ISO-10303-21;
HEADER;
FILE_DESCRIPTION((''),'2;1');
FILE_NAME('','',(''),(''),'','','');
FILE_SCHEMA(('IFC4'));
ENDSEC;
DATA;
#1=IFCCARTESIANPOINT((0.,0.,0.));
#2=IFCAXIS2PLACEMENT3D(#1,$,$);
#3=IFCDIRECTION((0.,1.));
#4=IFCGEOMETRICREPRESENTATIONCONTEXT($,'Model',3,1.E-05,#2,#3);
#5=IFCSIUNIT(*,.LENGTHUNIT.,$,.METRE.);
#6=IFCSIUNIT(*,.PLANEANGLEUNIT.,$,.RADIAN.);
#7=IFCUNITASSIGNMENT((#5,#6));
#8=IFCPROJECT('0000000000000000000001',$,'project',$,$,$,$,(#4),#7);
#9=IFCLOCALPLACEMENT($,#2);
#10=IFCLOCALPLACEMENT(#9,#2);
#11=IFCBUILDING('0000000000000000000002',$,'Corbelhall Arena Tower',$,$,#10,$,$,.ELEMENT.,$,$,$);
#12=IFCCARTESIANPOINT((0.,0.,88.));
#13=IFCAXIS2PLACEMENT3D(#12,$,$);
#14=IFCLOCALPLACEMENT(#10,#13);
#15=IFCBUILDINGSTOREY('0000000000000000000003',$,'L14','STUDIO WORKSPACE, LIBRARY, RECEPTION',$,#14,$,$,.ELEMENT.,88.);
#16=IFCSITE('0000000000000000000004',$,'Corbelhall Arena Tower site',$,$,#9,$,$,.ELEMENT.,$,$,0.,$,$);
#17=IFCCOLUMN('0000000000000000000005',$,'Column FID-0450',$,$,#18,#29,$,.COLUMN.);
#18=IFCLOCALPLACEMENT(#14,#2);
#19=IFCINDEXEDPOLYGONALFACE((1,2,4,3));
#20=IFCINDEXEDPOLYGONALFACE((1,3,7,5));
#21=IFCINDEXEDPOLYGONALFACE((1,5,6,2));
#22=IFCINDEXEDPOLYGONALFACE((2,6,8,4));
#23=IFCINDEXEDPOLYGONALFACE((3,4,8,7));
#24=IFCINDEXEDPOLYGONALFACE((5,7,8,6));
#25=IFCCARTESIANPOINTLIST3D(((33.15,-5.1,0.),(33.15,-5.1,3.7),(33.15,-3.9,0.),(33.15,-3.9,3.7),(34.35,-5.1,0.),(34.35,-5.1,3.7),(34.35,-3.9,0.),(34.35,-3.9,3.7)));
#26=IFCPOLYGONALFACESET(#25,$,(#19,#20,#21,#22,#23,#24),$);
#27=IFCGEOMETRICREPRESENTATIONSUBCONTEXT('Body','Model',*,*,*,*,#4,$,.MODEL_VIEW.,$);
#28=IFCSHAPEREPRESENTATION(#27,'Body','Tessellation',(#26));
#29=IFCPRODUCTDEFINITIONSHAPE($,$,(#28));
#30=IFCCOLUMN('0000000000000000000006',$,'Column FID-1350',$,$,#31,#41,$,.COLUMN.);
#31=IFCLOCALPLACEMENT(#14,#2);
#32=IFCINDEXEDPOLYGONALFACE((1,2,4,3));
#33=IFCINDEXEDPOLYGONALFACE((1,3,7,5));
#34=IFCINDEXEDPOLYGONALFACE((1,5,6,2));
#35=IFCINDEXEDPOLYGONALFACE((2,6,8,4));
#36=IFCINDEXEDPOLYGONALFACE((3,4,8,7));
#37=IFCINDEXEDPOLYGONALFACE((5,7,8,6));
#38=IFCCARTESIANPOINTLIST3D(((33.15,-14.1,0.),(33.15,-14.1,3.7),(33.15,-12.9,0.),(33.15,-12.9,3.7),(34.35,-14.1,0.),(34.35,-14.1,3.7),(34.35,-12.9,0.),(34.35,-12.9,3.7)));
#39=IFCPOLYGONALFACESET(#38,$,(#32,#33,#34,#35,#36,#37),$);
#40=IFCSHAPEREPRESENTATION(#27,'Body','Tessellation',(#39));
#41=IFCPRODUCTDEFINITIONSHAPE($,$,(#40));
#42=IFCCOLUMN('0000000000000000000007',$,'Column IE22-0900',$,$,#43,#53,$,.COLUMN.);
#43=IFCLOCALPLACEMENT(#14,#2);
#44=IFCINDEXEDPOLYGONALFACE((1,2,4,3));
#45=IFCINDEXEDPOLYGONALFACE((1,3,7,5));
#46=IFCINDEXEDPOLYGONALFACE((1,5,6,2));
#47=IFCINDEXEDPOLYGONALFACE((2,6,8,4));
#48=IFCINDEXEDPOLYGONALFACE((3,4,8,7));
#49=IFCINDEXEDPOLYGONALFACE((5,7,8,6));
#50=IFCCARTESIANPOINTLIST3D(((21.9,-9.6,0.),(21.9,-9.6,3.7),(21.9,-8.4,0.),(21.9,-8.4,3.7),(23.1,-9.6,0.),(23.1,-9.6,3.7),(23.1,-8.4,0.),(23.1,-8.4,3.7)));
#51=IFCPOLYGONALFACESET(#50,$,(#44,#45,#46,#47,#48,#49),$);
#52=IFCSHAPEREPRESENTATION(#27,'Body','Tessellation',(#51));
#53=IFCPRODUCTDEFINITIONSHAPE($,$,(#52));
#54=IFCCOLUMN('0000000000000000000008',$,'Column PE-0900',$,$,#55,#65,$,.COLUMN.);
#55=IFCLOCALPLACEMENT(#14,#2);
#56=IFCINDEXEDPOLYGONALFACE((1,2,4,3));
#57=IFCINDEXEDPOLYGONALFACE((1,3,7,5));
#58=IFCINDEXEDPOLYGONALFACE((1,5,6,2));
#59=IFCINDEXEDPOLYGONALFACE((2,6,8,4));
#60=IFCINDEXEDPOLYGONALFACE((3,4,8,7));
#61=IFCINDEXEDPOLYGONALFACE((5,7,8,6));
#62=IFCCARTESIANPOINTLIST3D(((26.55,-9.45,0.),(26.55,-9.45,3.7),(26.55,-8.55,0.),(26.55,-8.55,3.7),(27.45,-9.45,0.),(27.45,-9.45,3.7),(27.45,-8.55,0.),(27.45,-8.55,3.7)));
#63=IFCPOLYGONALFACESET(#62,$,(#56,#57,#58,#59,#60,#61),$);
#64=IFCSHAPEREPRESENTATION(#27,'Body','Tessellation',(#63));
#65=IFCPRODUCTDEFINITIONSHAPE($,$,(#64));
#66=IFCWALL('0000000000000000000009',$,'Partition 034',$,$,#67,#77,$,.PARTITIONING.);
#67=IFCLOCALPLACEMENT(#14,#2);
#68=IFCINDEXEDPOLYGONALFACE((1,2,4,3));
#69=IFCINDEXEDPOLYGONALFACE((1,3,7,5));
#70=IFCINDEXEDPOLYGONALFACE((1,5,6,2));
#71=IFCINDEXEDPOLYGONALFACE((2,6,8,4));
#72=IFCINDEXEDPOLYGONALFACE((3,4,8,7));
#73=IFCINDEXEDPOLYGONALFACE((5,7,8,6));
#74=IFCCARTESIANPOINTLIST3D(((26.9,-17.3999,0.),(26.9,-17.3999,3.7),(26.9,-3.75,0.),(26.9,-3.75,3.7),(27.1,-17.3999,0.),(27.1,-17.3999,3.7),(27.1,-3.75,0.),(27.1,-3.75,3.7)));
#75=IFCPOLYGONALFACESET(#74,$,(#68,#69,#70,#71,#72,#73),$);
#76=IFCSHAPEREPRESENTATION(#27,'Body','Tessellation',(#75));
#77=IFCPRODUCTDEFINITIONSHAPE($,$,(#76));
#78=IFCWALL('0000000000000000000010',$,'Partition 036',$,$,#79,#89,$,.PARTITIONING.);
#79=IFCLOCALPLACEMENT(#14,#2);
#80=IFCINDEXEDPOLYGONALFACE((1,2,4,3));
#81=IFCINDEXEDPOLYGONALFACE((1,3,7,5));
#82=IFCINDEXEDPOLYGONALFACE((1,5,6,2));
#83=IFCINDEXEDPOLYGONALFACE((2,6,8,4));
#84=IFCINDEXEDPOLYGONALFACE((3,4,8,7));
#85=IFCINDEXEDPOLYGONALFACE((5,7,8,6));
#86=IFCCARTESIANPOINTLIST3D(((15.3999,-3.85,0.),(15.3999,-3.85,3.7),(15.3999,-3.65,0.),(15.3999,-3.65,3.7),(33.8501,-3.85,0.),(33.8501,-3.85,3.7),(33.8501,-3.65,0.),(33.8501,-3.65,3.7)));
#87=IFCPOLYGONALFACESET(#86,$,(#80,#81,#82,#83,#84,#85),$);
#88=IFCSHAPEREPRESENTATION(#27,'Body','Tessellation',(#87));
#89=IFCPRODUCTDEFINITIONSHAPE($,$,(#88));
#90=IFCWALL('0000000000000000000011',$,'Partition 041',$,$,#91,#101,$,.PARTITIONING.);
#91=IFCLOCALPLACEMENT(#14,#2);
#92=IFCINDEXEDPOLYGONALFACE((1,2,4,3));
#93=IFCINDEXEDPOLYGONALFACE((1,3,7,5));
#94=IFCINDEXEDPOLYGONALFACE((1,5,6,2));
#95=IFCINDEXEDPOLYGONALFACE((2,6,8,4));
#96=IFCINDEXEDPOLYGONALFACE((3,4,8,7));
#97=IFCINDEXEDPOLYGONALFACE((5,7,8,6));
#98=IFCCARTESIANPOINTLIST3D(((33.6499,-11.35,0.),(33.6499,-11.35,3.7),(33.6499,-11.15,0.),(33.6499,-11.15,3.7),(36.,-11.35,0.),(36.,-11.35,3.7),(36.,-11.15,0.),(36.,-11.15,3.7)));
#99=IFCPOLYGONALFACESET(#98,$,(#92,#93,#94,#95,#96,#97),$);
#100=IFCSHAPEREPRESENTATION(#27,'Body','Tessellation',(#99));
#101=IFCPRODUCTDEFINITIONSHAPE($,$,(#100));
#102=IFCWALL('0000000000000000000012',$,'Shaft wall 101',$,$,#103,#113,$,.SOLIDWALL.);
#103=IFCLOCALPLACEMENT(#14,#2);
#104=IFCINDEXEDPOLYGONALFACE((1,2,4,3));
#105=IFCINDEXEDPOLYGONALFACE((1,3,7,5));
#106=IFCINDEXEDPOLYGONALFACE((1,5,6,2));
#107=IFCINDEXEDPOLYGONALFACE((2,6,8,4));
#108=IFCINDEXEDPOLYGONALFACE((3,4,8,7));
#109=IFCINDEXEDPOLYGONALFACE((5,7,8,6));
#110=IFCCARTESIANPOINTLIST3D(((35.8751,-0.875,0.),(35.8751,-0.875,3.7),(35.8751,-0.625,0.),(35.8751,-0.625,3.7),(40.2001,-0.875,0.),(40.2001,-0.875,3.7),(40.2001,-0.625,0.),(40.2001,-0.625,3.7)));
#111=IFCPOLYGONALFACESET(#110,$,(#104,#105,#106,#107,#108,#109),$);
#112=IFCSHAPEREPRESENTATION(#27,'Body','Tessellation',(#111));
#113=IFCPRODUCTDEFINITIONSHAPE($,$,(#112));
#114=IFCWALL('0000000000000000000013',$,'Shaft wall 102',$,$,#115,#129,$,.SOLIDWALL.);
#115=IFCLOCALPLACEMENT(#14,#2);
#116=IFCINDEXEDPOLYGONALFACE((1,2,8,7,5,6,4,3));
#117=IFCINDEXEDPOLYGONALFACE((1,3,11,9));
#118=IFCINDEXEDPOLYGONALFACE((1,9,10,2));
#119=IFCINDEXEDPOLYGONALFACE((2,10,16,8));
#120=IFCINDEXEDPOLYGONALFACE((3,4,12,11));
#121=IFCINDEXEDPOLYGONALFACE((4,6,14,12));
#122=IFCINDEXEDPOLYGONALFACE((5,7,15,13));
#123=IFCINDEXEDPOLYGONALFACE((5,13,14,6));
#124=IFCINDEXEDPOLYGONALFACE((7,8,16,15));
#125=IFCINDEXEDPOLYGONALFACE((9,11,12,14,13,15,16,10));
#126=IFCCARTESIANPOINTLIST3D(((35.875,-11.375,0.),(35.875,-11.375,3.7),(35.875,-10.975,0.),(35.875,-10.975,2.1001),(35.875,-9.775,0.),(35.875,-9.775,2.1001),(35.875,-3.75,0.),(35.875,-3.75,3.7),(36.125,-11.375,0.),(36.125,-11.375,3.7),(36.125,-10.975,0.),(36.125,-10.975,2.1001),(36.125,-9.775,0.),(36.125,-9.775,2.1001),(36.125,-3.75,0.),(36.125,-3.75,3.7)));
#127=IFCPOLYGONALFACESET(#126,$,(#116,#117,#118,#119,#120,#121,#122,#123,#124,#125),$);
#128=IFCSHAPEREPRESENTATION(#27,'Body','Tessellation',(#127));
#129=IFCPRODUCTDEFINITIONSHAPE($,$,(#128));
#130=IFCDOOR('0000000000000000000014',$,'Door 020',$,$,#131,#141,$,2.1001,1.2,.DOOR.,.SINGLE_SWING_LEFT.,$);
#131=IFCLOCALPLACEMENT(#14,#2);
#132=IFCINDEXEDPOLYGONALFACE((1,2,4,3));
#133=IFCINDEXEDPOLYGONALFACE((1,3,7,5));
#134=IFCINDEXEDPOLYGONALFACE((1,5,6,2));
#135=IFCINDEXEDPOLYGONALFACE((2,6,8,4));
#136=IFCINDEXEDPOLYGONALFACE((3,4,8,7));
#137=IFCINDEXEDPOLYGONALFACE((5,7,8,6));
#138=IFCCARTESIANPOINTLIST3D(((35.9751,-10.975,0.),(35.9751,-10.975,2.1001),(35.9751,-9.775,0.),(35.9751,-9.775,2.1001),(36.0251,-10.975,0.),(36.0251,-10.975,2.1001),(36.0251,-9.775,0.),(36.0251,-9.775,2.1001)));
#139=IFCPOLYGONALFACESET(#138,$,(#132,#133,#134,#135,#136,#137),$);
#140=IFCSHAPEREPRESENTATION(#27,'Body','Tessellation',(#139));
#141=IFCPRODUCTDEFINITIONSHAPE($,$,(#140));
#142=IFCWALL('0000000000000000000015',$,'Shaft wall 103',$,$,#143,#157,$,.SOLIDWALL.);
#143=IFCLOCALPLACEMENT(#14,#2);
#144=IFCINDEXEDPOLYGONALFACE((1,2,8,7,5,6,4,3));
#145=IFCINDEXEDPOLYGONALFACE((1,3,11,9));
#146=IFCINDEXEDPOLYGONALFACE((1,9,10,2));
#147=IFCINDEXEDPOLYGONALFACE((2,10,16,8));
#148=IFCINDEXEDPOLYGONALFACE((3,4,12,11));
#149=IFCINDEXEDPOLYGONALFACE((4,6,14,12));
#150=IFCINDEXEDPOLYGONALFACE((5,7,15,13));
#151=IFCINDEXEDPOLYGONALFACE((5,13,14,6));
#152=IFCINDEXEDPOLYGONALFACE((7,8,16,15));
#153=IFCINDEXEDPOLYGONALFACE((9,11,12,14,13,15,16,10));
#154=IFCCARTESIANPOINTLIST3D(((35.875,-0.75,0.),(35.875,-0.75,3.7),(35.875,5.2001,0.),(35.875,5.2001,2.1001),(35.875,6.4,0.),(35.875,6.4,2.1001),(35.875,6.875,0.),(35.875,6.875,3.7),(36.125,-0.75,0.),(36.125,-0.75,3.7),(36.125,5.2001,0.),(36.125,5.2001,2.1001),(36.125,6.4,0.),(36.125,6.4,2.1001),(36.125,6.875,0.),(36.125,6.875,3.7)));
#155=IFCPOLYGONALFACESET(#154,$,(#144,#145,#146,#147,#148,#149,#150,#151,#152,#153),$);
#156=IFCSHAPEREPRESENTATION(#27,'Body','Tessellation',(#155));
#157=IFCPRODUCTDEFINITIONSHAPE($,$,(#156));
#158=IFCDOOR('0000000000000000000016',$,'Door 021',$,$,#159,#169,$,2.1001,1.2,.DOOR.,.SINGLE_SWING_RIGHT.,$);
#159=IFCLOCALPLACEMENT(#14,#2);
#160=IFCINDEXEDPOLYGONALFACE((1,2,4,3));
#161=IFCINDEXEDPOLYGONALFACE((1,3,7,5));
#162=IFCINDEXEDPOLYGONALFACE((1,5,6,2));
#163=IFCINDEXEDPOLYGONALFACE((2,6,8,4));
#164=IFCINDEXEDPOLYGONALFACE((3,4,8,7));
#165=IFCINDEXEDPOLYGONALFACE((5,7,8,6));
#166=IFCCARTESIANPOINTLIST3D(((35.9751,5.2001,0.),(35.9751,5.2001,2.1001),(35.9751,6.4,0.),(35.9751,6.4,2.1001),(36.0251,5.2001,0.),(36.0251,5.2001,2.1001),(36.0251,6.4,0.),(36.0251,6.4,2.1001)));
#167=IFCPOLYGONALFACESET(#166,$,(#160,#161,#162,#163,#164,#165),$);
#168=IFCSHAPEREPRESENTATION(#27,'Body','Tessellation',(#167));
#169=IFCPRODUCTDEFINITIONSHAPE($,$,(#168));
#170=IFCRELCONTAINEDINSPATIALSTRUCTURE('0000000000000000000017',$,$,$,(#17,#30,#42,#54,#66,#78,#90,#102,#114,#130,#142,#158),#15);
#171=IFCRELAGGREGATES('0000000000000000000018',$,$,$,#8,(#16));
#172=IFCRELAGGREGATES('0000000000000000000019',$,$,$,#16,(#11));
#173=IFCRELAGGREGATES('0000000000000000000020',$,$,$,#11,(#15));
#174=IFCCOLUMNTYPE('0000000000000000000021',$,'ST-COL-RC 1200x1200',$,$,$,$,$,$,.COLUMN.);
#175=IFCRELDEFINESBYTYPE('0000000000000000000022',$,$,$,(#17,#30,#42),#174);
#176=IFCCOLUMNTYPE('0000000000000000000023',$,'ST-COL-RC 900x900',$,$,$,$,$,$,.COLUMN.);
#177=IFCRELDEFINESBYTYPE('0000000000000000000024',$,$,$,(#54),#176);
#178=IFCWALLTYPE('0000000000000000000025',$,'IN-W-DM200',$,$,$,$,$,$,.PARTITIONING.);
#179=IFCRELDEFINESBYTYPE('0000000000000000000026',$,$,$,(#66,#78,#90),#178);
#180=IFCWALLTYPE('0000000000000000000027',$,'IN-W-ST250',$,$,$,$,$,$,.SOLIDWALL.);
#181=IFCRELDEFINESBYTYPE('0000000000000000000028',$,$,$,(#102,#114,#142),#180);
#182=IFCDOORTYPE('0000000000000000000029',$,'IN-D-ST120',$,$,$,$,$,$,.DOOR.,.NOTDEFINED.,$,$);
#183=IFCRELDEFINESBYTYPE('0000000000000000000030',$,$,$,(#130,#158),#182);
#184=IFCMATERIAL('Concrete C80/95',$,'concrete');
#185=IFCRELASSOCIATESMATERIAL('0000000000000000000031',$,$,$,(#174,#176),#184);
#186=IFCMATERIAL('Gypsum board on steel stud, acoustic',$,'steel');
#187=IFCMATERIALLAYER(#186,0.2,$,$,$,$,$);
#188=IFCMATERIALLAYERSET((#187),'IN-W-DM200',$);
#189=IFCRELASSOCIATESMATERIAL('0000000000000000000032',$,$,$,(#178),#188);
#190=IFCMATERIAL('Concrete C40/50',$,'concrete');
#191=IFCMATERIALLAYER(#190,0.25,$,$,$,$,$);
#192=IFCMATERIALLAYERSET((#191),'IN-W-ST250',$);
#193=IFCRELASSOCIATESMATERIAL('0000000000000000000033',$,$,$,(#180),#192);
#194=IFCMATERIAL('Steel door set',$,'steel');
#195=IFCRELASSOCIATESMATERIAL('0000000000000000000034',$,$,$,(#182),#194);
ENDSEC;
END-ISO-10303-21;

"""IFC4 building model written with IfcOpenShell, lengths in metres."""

from ifc_helpers import new_model, si_unit, direction, frame, frame_2d, origin, origin_2d, place, context, subcontext, project, spatial, rectangle, extrude, material, layer, layer_set, material_profile, profile_set, type_object, element, fill, save


model = new_model("IFC4")

# Units and contexts
model_context = context("Model", 3, precision=1e-05, world=origin(), true_north=direction((0.0, 1.0)))
body_context = subcontext(model_context, "Body", "Model", "MODEL_VIEW")
ifc_project = project(units=[si_unit("LENGTHUNIT", "METRE"), si_unit("PLANEANGLEUNIT", "RADIAN")], contexts=[model_context])

# Site, building, storey
site_placement = place(None, origin())
site = spatial("IfcSite", under=ifc_project, at=site_placement, Name="Corbelhall Arena Tower site", CompositionType="ELEMENT", RefElevation=0.0)
building_placement = place(site_placement, origin())
building = spatial("IfcBuilding", under=site, at=building_placement, Name="Corbelhall Arena Tower", CompositionType="ELEMENT")
storey_placement = place(building_placement, frame((0.0, 0.0, 88.0)))
storey = spatial("IfcBuildingStorey", under=building, at=storey_placement, Name="L14", Description="STUDIO WORKSPACE, LIBRARY, RECEPTION", CompositionType="ELEMENT", Elevation=88.0)

# Columns
ifc_material_1 = material(Name="Concrete C80/95", Category="concrete")
ifc_material_profile_1 = material_profile(ifc_material_1, rectangle(XDim=1.2, YDim=1.2, at=origin_2d()))
ifc_profile_set_1 = profile_set([ifc_material_profile_1], Name="Concrete C80/95")
column_type_1 = type_object("IfcColumnType", Name="ST-COL-RC 1200x1200", PredefinedType="COLUMN", material=ifc_profile_set_1)
for number, where, z_axis, x_axis, name in (
    (1, (33.75, -4.5, 0.0), (0.0, 0.0, 1.0), (1.0, 0.0, 0.0), "Column FID-0450"),
    (2, (33.75, -13.5, 0.0), (0.0, 0.0, 1.0), (1.0, 0.0, 0.0), "Column FID-1350"),
    (3, (22.5, -9.0, 0.0), (0.0, 0.0, 1.0), (1.0, 0.0, 0.0), "Column IE22-0900"),
):
    element("IfcColumn", number, at=place(storey_placement, frame(where, z_axis=z_axis, x_axis=x_axis)), inside=storey, type_object=column_type_1, Name=name, PredefinedType="COLUMN", context=body_context, shape_type="SweptSolid", body=[
        extrude(rectangle(XDim=1.2, YDim=1.2, at=origin_2d()), origin(), (0.0, 0.0, 1.0), 3.7),
    ])
ifc_material_profile_2 = material_profile(ifc_material_1, rectangle(XDim=0.8999, YDim=0.8999, at=origin_2d()))
ifc_profile_set_2 = profile_set([ifc_material_profile_2], Name="Concrete C80/95")
column_type_2 = type_object("IfcColumnType", Name="ST-COL-RC 900x900", PredefinedType="COLUMN", material=ifc_profile_set_2)
column_placement = place(storey_placement, frame((27.0, -9.0, 0.0), z_axis=(0.0, 0.0, 1.0), x_axis=(1.0, 0.0, 0.0)))
element("IfcColumn", 4, at=column_placement, inside=storey, type_object=column_type_2, Name="Column PE-0900", PredefinedType="COLUMN", context=body_context, shape_type="SweptSolid", body=[
    extrude(rectangle(XDim=0.8999, YDim=0.8999, at=origin_2d()), origin(), (0.0, 0.0, 1.0), 3.7),
])

# Walls
ifc_material_2 = material(Name="Gypsum board on steel stud, acoustic", Category="steel")
ifc_layer_1 = layer(ifc_material_2, 0.2)
ifc_layer_set_1 = layer_set([ifc_layer_1], Name="IN-W-DM200")
wall_type_1 = type_object("IfcWallType", Name="IN-W-DM200", PredefinedType="PARTITIONING", material=ifc_layer_set_1)
wall_1_placement = place(storey_placement, frame((27.0, -3.75, 0.0), z_axis=(0.0, 0.0, 1.0), x_axis=(0.0, -1.0, 0.0)))
element("IfcWall", 5, at=wall_1_placement, inside=storey, type_object=wall_type_1, Name="Partition 034", PredefinedType="PARTITIONING", context=body_context, shape_type="SweptSolid", body=[
    extrude(rectangle(XDim=13.6499, YDim=0.2, at=frame_2d((6.825, 0.0))), origin(), (0.0, 0.0, 1.0), 3.7),
])
wall_2_placement = place(storey_placement, frame((33.8501, -3.75, 0.0), z_axis=(0.0, 0.0, 1.0), x_axis=(-1.0, 0.0, 0.0)))
element("IfcWall", 6, at=wall_2_placement, inside=storey, type_object=wall_type_1, Name="Partition 036", PredefinedType="PARTITIONING", context=body_context, shape_type="SweptSolid", body=[
    extrude(rectangle(XDim=18.4502, YDim=0.2, at=frame_2d((9.2251, 0.0))), origin(), (0.0, 0.0, 1.0), 3.7),
])

# Shared definitions
ifc_material_3 = material(Name="Steel door set", Category="steel")

# Walls
wall_3_placement = place(storey_placement, frame((36.0, -11.25, 0.0), z_axis=(0.0, 0.0, 1.0), x_axis=(-1.0, 0.0, 0.0)))
element("IfcWall", 7, at=wall_3_placement, inside=storey, type_object=wall_type_1, Name="Partition 041", PredefinedType="PARTITIONING", context=body_context, shape_type="SweptSolid", body=[
    extrude(rectangle(XDim=2.3501, YDim=0.2, at=frame_2d((1.175, 0.0))), origin(), (0.0, 0.0, 1.0), 3.7),
])
ifc_material_4 = material(Name="Concrete C40/50", Category="concrete")
ifc_layer_2 = layer(ifc_material_4, 0.25)
ifc_layer_set_2 = layer_set([ifc_layer_2], Name="IN-W-ST250")
wall_type_2 = type_object("IfcWallType", Name="IN-W-ST250", PredefinedType="SOLIDWALL", material=ifc_layer_set_2)
wall_4_placement = place(storey_placement, frame((35.875, -0.75, 0.0), z_axis=(0.0, 0.0, 1.0), x_axis=(1.0, 0.0, 0.0)))
element("IfcWall", 8, at=wall_4_placement, inside=storey, type_object=wall_type_2, Name="Shaft wall 101", PredefinedType="SOLIDWALL", context=body_context, shape_type="SweptSolid", body=[
    extrude(rectangle(XDim=4.325, YDim=0.25, at=frame_2d((2.1626, 0.0))), origin(), (0.0, 0.0, 1.0), 3.7),
])

# Walls, openings, doors
wall_5_placement = place(storey_placement, frame((36.0, -11.375, 0.0), z_axis=(0.0, 0.0, 1.0), x_axis=(0.0, 1.0, 0.0)))
wall_5 = element("IfcWall", 9, at=wall_5_placement, inside=storey, type_object=wall_type_2, Name="Shaft wall 102", PredefinedType="SOLIDWALL", context=body_context, shape_type="SweptSolid", body=[
    extrude(rectangle(XDim=7.625, YDim=0.25, at=frame_2d((3.8125, 0.0))), origin(), (0.0, 0.0, 1.0), 3.7),
])
opening_1_placement = place(wall_5_placement, frame((0.3999, 0.0, 0.0)))
opening_1 = element("IfcOpeningElement", 10, at=opening_1_placement, cuts=wall_5, PredefinedType="OPENING", context=body_context, shape_type="SweptSolid", body=[
    extrude(rectangle(XDim=1.2, YDim=2.1001, at=frame_2d((0.6001, 1.05))), frame((0.0, 0.125, 0.0), z_axis=(0.0, -1.0, 0.0), x_axis=(1.0, 0.0, 0.0)), (0.0, 0.0, 1.0), 0.25),
])
door_type_1 = type_object("IfcDoorType", Name="IN-D-ST120", OperationType="NOTDEFINED", PredefinedType="DOOR", material=ifc_material_3)
door_1_placement = place(opening_1_placement, origin())
door_1 = element("IfcDoor", 11, at=door_1_placement, inside=storey, type_object=door_type_1, Name="Door 020", OperationType="SINGLE_SWING_LEFT", OverallHeight=2.1001, OverallWidth=1.2, PredefinedType="DOOR", context=body_context, shape_type="SweptSolid", body=[
    extrude(rectangle(XDim=1.2, YDim=2.1001, at=frame_2d((0.6001, 1.05))), frame((0.0, 0.0249, 0.0), z_axis=(0.0, -1.0, 0.0), x_axis=(1.0, 0.0, 0.0)), (0.0, 0.0, 1.0), 0.05),
])
fill(opening_1, door_1)
wall_6_placement = place(storey_placement, frame((36.0, -0.75, 0.0), z_axis=(0.0, 0.0, 1.0), x_axis=(0.0, 1.0, 0.0)))
wall_6 = element("IfcWall", 12, at=wall_6_placement, inside=storey, type_object=wall_type_2, Name="Shaft wall 103", PredefinedType="SOLIDWALL", context=body_context, shape_type="SweptSolid", body=[
    extrude(rectangle(XDim=7.625, YDim=0.25, at=frame_2d((3.8125, 0.0))), origin(), (0.0, 0.0, 1.0), 3.7),
])
opening_2_placement = place(wall_6_placement, frame((5.95, 0.0, 0.0)))
opening_2 = element("IfcOpeningElement", 13, at=opening_2_placement, cuts=wall_6, PredefinedType="OPENING", context=body_context, shape_type="SweptSolid", body=[
    extrude(rectangle(XDim=1.2, YDim=2.1001, at=frame_2d((0.6001, 1.05))), frame((0.0, 0.125, 0.0), z_axis=(0.0, -1.0, 0.0), x_axis=(1.0, 0.0, 0.0)), (0.0, 0.0, 1.0), 0.25),
])
door_2_placement = place(opening_2_placement, origin())
door_2 = element("IfcDoor", 14, at=door_2_placement, inside=storey, type_object=door_type_1, Name="Door 021", OperationType="SINGLE_SWING_RIGHT", OverallHeight=2.1001, OverallWidth=1.2, PredefinedType="DOOR", context=body_context, shape_type="SweptSolid", body=[
    extrude(rectangle(XDim=1.2, YDim=2.1001, at=frame_2d((0.6001, 1.05))), frame((0.0, 0.0249, 0.0), z_axis=(0.0, -1.0, 0.0), x_axis=(1.0, 0.0, 0.0)), (0.0, 0.0, 1.0), 0.05),
])
fill(opening_2, door_2)

save(model, "model.ifc")
